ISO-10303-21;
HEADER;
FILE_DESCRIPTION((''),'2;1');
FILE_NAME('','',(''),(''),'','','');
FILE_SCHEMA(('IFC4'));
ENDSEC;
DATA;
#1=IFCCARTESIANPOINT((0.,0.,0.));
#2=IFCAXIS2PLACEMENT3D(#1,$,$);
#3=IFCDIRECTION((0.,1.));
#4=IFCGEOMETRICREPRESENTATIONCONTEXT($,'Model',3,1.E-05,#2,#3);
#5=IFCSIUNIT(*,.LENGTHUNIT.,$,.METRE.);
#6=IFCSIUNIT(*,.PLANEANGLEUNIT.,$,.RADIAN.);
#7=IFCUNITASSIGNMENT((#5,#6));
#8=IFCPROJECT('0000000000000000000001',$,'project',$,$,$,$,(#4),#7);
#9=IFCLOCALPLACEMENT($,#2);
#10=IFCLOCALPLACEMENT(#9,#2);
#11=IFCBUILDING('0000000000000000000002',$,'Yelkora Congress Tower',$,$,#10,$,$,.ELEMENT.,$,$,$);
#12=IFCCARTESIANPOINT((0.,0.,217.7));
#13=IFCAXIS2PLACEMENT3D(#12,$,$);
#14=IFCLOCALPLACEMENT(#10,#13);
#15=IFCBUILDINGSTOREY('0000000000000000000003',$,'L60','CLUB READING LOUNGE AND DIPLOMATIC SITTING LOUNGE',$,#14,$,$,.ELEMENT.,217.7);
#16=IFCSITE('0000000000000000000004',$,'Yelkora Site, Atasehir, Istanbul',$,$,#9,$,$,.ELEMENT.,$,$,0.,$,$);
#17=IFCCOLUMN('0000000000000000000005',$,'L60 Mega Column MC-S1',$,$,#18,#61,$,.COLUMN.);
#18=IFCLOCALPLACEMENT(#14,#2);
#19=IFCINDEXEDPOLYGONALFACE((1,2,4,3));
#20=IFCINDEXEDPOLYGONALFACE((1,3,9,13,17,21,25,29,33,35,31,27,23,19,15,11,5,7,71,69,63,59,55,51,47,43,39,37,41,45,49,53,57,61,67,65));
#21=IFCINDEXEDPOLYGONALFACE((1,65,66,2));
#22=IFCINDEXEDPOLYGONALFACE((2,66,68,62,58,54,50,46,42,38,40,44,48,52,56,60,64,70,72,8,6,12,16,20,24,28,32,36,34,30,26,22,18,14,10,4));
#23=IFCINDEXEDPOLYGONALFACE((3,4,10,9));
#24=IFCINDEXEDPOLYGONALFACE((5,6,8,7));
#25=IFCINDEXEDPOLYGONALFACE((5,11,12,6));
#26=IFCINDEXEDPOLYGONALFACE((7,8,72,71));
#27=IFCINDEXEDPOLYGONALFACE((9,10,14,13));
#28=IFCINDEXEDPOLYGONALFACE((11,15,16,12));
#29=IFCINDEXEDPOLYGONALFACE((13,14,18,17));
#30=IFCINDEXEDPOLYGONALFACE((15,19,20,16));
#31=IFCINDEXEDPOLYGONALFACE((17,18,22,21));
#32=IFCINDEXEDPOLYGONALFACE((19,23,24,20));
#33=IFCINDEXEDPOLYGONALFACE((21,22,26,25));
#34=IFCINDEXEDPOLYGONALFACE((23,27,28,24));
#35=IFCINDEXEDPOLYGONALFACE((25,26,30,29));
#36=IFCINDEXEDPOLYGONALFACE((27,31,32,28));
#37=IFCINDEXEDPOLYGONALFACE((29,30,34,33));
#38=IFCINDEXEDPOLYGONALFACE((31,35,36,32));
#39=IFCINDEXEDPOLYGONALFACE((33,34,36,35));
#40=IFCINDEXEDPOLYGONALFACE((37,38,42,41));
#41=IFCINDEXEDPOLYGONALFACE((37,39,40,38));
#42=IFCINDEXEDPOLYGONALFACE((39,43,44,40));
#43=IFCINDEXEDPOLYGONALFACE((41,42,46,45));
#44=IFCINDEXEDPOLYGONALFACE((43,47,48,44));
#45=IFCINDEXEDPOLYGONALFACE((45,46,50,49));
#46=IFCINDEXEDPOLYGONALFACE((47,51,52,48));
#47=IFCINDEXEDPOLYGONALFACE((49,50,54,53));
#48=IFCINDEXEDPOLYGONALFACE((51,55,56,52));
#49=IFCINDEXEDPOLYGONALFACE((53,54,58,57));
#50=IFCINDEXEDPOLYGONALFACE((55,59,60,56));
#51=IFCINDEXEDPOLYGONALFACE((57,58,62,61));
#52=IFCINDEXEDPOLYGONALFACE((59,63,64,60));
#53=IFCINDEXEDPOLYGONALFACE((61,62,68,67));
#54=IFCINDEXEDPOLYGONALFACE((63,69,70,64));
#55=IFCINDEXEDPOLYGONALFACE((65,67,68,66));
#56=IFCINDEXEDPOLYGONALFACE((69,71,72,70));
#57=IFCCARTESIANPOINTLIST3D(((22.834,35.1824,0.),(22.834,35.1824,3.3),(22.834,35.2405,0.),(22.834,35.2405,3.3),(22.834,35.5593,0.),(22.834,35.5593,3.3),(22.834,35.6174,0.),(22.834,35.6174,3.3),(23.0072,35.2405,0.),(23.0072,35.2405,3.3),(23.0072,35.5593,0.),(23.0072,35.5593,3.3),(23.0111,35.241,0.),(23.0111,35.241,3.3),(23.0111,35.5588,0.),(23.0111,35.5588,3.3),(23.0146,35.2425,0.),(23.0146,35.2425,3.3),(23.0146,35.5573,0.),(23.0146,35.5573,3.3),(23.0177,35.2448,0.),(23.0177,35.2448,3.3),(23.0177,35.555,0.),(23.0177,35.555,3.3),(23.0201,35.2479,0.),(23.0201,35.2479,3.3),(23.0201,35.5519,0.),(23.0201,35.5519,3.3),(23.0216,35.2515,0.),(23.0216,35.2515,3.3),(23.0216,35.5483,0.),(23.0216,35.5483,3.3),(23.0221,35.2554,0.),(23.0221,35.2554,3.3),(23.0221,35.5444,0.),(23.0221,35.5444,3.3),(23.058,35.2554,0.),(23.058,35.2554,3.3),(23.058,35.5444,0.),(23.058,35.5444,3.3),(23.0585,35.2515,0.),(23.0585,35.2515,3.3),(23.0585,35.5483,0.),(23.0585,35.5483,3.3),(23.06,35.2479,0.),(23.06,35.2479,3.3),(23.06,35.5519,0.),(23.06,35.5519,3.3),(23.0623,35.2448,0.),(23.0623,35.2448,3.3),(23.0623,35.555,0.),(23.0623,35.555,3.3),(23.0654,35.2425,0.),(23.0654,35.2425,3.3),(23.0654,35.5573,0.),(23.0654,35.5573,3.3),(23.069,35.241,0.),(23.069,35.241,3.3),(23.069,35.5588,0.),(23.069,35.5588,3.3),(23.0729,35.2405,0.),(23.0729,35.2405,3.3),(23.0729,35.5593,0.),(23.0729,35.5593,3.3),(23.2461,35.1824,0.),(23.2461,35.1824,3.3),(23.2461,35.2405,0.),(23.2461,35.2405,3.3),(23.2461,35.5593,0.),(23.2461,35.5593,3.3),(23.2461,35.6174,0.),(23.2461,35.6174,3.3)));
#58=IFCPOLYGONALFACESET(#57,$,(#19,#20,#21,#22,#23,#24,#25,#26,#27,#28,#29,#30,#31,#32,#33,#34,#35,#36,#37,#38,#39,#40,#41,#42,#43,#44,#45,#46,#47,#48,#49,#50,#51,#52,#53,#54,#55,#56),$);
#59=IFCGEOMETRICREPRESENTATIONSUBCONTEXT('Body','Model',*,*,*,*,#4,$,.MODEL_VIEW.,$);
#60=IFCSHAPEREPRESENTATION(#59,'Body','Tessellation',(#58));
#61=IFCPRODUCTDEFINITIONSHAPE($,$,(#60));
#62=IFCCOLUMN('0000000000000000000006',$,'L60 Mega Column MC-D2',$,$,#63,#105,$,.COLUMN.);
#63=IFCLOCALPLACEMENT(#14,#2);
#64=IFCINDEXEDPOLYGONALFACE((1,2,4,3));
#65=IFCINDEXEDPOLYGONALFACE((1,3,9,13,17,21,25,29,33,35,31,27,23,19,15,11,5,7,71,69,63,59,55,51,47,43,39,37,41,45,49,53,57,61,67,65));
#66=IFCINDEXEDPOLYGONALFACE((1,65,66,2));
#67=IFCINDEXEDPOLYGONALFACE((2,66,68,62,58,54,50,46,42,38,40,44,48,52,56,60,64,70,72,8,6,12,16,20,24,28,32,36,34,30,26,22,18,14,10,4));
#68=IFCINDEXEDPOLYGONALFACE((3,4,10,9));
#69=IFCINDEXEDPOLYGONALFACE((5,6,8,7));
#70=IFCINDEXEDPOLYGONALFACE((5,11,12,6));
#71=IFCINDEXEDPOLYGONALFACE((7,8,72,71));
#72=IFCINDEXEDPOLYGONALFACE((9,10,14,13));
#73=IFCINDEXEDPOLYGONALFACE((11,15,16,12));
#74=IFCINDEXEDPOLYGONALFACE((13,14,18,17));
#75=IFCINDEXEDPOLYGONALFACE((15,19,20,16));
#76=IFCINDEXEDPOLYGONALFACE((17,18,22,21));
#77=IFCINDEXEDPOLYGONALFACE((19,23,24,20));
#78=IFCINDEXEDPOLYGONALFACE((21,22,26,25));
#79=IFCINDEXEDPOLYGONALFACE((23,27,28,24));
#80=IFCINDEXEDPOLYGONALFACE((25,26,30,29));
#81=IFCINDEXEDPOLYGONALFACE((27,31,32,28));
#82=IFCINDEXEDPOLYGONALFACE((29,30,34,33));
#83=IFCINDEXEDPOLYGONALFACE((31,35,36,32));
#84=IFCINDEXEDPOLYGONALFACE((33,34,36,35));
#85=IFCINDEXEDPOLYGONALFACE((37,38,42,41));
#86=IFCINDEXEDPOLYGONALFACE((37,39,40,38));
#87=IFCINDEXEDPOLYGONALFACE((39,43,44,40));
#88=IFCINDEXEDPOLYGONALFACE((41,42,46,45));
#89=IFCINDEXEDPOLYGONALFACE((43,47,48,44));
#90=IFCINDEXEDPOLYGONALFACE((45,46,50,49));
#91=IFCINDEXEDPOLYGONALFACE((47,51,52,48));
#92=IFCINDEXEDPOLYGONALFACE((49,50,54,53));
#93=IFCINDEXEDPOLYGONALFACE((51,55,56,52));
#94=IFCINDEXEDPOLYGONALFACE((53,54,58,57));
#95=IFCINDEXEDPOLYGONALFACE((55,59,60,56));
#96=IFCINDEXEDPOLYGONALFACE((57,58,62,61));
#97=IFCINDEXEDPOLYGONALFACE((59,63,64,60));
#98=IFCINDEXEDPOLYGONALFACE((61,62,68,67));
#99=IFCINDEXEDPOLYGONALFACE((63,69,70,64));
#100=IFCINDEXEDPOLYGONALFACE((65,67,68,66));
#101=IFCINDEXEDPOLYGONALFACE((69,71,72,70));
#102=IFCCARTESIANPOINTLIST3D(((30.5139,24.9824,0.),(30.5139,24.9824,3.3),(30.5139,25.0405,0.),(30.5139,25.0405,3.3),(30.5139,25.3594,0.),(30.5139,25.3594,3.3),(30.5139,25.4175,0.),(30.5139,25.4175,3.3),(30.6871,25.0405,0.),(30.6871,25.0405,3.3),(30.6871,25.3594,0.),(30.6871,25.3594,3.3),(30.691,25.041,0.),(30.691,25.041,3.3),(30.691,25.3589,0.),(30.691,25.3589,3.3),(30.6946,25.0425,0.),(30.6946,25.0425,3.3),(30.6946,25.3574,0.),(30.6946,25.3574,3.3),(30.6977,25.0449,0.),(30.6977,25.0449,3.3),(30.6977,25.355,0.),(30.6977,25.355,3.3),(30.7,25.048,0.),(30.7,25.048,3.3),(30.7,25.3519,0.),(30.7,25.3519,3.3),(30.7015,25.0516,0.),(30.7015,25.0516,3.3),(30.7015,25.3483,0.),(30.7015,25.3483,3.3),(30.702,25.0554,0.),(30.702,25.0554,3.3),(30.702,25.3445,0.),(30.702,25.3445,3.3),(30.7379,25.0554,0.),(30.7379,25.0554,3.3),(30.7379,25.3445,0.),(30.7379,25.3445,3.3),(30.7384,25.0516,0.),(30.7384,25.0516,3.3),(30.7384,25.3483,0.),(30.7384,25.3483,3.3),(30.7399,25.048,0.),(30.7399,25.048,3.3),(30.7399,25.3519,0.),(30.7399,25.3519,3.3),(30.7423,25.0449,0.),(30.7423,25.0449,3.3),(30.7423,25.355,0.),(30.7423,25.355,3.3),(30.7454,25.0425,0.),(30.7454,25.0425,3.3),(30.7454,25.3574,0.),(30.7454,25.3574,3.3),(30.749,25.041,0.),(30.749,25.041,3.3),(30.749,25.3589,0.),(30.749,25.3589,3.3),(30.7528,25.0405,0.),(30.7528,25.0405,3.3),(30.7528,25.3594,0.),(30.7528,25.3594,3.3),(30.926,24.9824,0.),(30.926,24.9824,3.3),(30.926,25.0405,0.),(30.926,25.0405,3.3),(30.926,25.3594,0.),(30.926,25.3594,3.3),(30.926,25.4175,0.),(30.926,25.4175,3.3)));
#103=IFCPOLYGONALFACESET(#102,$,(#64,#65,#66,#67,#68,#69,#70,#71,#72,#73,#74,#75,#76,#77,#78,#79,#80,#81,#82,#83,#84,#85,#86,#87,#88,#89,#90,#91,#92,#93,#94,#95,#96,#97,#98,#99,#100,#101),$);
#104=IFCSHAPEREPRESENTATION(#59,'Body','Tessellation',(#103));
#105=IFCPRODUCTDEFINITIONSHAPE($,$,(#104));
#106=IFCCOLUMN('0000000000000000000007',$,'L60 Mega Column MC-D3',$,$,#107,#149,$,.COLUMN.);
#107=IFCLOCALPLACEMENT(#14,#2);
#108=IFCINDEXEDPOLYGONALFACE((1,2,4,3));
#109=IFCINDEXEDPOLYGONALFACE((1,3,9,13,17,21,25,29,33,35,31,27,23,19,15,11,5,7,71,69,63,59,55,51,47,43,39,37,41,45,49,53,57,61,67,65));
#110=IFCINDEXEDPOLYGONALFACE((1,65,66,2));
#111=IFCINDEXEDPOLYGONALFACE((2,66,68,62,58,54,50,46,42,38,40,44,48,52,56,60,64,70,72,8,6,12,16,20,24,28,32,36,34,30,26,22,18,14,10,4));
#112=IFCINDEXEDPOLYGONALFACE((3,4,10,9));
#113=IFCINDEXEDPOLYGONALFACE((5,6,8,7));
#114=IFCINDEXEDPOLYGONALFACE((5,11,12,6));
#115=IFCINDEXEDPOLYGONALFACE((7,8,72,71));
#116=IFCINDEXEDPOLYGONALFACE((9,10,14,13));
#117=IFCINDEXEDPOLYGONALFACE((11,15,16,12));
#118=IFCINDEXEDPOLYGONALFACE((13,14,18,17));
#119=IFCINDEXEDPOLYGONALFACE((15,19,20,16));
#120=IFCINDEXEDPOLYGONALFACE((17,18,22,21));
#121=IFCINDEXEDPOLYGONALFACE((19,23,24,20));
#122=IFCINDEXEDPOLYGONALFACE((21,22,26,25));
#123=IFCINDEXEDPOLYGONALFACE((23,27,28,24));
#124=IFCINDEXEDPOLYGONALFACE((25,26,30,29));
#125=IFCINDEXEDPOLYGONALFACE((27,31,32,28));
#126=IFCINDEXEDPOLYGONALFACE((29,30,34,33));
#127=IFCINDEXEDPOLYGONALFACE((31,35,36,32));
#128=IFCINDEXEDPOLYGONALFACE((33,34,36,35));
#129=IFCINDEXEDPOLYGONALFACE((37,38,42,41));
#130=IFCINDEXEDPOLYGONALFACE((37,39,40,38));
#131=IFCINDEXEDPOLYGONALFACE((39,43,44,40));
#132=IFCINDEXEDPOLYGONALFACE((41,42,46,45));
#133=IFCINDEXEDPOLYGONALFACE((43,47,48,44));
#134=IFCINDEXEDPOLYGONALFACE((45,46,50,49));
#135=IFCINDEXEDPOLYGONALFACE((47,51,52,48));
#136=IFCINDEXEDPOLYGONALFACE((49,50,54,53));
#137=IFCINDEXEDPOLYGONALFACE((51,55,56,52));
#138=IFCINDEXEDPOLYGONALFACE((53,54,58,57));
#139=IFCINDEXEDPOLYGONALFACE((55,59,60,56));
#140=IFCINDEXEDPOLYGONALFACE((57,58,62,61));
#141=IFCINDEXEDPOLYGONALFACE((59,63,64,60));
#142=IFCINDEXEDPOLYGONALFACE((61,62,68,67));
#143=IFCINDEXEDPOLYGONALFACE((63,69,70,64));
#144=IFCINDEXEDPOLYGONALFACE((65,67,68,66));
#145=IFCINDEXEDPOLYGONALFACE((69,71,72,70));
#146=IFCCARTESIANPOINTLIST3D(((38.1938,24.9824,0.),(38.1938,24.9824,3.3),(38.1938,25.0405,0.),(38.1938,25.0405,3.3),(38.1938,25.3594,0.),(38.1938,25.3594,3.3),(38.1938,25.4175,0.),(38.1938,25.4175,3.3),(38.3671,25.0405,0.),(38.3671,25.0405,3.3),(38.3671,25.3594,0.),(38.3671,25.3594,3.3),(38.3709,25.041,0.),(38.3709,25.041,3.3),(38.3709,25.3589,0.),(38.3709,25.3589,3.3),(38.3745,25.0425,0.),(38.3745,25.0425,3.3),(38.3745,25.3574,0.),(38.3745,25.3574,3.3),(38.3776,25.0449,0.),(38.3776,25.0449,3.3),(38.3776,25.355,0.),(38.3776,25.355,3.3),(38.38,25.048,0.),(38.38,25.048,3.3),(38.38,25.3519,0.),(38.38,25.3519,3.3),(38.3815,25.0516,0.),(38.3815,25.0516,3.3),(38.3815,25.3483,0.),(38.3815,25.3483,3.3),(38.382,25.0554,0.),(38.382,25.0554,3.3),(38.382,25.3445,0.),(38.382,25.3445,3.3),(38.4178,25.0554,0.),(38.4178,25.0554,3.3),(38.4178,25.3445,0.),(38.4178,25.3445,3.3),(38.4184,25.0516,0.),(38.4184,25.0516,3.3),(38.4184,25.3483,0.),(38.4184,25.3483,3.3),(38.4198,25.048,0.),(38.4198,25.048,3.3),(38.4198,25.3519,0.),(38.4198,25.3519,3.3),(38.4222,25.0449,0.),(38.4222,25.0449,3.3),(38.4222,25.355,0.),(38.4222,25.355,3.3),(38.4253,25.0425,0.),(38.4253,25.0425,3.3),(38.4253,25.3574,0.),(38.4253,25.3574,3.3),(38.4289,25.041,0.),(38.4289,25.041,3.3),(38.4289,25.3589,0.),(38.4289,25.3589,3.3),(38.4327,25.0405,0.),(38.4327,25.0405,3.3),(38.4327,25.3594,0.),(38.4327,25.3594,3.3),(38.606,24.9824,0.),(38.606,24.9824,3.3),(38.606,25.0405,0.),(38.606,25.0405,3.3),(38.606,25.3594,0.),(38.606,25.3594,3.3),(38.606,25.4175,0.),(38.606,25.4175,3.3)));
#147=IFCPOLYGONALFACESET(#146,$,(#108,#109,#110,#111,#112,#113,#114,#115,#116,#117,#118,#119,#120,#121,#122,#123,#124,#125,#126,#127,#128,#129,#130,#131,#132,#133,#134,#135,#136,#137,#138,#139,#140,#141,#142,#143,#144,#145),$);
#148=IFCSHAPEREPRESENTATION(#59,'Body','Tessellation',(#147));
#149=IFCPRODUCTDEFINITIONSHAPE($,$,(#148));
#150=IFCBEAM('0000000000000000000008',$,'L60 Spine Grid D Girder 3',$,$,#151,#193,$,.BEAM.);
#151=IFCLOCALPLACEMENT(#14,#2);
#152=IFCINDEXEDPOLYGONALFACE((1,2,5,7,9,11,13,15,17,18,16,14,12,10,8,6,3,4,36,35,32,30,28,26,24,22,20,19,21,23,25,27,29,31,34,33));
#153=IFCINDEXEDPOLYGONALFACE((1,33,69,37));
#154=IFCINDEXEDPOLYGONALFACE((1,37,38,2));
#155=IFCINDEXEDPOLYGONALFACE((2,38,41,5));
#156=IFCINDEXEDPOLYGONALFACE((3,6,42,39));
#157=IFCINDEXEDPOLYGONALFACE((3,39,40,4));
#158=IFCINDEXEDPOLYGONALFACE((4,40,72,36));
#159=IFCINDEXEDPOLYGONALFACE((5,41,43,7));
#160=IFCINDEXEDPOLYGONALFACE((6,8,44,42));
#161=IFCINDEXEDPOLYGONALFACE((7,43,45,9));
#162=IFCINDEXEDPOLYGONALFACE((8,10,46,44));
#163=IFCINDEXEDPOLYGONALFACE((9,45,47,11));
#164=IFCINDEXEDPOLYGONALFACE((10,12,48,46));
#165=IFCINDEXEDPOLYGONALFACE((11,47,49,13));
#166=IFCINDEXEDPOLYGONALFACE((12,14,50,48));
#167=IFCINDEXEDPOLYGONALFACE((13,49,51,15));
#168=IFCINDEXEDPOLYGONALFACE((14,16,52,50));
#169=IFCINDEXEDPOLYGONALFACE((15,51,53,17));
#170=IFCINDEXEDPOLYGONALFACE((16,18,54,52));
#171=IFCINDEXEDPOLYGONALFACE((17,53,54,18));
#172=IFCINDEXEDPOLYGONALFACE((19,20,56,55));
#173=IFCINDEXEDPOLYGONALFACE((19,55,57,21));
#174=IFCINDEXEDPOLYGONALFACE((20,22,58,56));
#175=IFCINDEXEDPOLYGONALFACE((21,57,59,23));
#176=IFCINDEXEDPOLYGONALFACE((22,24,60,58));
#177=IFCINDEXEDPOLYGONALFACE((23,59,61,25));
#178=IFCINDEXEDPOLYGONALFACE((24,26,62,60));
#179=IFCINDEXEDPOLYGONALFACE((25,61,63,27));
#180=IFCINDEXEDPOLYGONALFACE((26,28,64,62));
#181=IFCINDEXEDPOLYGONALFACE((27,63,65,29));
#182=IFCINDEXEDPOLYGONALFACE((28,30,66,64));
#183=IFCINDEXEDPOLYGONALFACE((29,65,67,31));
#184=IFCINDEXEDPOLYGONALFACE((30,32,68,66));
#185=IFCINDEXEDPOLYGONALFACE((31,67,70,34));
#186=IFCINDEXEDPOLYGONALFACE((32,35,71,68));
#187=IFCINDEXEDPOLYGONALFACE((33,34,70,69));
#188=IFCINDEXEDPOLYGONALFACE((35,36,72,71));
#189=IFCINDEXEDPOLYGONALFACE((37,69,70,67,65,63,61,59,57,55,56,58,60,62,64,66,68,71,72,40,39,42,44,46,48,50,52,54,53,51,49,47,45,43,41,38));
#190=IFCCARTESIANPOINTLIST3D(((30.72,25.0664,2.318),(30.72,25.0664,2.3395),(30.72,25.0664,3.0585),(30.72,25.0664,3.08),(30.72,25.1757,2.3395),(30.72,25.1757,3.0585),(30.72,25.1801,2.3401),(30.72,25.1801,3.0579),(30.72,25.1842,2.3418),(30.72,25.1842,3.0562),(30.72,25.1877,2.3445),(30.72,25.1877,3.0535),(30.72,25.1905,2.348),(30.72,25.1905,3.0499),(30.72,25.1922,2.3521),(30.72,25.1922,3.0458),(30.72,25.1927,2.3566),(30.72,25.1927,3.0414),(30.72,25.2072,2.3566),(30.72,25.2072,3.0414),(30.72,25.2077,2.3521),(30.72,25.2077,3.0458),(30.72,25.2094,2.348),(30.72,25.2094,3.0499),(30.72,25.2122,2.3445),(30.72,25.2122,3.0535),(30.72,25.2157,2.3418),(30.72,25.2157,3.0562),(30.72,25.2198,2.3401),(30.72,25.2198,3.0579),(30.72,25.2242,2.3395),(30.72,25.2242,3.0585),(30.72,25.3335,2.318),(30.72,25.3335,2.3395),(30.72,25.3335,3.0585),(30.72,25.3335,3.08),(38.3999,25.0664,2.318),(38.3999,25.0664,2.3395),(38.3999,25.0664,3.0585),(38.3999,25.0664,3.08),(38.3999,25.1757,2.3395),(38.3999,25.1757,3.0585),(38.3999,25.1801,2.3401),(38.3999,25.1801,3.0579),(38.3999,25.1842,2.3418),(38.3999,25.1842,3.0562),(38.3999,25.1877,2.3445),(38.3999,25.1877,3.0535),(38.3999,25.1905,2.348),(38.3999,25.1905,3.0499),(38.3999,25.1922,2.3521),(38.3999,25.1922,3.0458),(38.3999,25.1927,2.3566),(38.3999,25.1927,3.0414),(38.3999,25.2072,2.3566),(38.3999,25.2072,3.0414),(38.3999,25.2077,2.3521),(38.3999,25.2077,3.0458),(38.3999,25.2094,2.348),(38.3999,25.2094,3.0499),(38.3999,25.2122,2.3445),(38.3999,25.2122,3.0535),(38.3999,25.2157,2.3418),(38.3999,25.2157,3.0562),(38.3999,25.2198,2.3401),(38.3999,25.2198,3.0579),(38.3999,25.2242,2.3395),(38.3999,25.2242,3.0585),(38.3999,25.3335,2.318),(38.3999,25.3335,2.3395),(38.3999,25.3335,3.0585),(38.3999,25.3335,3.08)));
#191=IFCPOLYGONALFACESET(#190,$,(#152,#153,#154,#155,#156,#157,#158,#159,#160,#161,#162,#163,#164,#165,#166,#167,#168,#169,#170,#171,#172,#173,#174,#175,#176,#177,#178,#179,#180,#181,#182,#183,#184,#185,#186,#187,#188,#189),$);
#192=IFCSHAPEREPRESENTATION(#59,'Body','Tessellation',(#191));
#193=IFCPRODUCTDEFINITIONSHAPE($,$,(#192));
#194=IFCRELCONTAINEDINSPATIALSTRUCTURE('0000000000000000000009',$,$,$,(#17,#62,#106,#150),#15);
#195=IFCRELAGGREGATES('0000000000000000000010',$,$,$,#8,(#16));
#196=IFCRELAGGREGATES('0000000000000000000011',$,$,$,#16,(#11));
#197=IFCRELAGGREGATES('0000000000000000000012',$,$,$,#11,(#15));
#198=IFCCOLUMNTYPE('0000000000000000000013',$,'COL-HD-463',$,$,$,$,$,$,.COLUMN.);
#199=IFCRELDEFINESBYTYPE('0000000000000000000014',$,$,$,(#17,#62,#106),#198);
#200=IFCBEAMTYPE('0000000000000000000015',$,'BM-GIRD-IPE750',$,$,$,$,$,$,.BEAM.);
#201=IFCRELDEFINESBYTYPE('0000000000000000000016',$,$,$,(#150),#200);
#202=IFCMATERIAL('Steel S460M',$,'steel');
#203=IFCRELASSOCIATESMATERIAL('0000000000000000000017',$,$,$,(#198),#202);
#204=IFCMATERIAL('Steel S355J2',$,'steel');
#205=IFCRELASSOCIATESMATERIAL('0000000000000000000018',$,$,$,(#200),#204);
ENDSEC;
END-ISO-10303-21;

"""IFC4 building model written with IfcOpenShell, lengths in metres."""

from ifc_helpers import new_model, si_unit, direction, frame, origin, origin_2d, place, context, subcontext, project, spatial, i_section, extrude, material, material_profile, profile_set, type_object, element, save


model = new_model("IFC4")

# Units and contexts
model_context = context("Model", 3, precision=1e-05, world=origin(), true_north=direction((0.0, 1.0)))
body_context = subcontext(model_context, "Body", "Model", "MODEL_VIEW")
ifc_project = project(units=[si_unit("LENGTHUNIT", "METRE"), si_unit("PLANEANGLEUNIT", "RADIAN")], contexts=[model_context])

# Site, building, storey
site_placement = place(None, origin())
site = spatial("IfcSite", under=ifc_project, at=site_placement, Name="Yelkora Site, Atasehir, Istanbul", CompositionType="ELEMENT", RefElevation=0.0)
building_placement = place(site_placement, origin())
building = spatial("IfcBuilding", under=site, at=building_placement, Name="Yelkora Congress Tower", CompositionType="ELEMENT")
storey_placement = place(building_placement, frame((0.0, 0.0, 217.7)))
storey = spatial("IfcBuildingStorey", under=building, at=storey_placement, Name="L60", Description="CLUB READING LOUNGE AND DIPLOMATIC SITTING LOUNGE", CompositionType="ELEMENT", Elevation=217.7)

# Columns
ifc_material_1 = material(Name="Steel S460M", Category="steel")
ifc_material_profile_1 = material_profile(ifc_material_1, i_section(OverallWidth=0.4121, OverallDepth=0.4351, WebThickness=0.0359, FlangeThickness=0.0581, FilletRadius=0.0149, at=origin_2d()), Name="HD 400x463")
ifc_profile_set_1 = profile_set([ifc_material_profile_1], Name="Steel S460M")
column_type = type_object("IfcColumnType", Name="COL-HD-463", PredefinedType="COLUMN", material=ifc_profile_set_1)
for number, where, z_axis, x_axis, name in (
    (1, (23.04, 35.3999, 0.0), (0.0, 0.0, 1.0), (1.0, 0.0, 0.0), "L60 Mega Column MC-S1"),
    (2, (30.72, 25.2, 0.0), (0.0, 0.0, 1.0), (1.0, 0.0, 0.0), "L60 Mega Column MC-D2"),
    (3, (38.3999, 25.2, 0.0), (0.0, 0.0, 1.0), (1.0, 0.0, 0.0), "L60 Mega Column MC-D3"),
):
    element("IfcColumn", number, at=place(storey_placement, frame(where, z_axis=z_axis, x_axis=x_axis)), inside=storey, type_object=column_type, Name=name, PredefinedType="COLUMN", context=body_context, shape_type="SweptSolid", body=[
        extrude(i_section(OverallWidth=0.4121, OverallDepth=0.4351, WebThickness=0.0359, FlangeThickness=0.0581, FilletRadius=0.0149, at=origin_2d()), origin(), (0.0, 0.0, 1.0), 3.3),
    ])

# Beam
ifc_material_2 = material(Name="Steel S355J2", Category="steel")
ifc_material_profile_2 = material_profile(ifc_material_2, i_section(OverallWidth=0.2671, OverallDepth=0.762, WebThickness=0.0144, FlangeThickness=0.0215, FilletRadius=0.0171, at=origin_2d()), Name="IPE 750x173")
ifc_profile_set_2 = profile_set([ifc_material_profile_2], Name="Steel S355J2")
beam_type_1 = type_object("IfcBeamType", Name="BM-GIRD-IPE750", PredefinedType="BEAM", material=ifc_profile_set_2)
beam_1_placement = place(storey_placement, frame((30.72, 25.2, 2.699), z_axis=(1.0, 0.0, 0.0), x_axis=(0.0, 1.0, 0.0)))
element("IfcBeam", 4, at=beam_1_placement, inside=storey, type_object=beam_type_1, Name="L60 Spine Grid D Girder 3", PredefinedType="BEAM", context=body_context, shape_type="SweptSolid", body=[
    extrude(i_section(OverallWidth=0.2671, OverallDepth=0.762, WebThickness=0.0144, FlangeThickness=0.0215, FilletRadius=0.0171, at=origin_2d()), origin(), (0.0, 0.0, 1.0), 7.6799),
])

save(model, "model.ifc")
